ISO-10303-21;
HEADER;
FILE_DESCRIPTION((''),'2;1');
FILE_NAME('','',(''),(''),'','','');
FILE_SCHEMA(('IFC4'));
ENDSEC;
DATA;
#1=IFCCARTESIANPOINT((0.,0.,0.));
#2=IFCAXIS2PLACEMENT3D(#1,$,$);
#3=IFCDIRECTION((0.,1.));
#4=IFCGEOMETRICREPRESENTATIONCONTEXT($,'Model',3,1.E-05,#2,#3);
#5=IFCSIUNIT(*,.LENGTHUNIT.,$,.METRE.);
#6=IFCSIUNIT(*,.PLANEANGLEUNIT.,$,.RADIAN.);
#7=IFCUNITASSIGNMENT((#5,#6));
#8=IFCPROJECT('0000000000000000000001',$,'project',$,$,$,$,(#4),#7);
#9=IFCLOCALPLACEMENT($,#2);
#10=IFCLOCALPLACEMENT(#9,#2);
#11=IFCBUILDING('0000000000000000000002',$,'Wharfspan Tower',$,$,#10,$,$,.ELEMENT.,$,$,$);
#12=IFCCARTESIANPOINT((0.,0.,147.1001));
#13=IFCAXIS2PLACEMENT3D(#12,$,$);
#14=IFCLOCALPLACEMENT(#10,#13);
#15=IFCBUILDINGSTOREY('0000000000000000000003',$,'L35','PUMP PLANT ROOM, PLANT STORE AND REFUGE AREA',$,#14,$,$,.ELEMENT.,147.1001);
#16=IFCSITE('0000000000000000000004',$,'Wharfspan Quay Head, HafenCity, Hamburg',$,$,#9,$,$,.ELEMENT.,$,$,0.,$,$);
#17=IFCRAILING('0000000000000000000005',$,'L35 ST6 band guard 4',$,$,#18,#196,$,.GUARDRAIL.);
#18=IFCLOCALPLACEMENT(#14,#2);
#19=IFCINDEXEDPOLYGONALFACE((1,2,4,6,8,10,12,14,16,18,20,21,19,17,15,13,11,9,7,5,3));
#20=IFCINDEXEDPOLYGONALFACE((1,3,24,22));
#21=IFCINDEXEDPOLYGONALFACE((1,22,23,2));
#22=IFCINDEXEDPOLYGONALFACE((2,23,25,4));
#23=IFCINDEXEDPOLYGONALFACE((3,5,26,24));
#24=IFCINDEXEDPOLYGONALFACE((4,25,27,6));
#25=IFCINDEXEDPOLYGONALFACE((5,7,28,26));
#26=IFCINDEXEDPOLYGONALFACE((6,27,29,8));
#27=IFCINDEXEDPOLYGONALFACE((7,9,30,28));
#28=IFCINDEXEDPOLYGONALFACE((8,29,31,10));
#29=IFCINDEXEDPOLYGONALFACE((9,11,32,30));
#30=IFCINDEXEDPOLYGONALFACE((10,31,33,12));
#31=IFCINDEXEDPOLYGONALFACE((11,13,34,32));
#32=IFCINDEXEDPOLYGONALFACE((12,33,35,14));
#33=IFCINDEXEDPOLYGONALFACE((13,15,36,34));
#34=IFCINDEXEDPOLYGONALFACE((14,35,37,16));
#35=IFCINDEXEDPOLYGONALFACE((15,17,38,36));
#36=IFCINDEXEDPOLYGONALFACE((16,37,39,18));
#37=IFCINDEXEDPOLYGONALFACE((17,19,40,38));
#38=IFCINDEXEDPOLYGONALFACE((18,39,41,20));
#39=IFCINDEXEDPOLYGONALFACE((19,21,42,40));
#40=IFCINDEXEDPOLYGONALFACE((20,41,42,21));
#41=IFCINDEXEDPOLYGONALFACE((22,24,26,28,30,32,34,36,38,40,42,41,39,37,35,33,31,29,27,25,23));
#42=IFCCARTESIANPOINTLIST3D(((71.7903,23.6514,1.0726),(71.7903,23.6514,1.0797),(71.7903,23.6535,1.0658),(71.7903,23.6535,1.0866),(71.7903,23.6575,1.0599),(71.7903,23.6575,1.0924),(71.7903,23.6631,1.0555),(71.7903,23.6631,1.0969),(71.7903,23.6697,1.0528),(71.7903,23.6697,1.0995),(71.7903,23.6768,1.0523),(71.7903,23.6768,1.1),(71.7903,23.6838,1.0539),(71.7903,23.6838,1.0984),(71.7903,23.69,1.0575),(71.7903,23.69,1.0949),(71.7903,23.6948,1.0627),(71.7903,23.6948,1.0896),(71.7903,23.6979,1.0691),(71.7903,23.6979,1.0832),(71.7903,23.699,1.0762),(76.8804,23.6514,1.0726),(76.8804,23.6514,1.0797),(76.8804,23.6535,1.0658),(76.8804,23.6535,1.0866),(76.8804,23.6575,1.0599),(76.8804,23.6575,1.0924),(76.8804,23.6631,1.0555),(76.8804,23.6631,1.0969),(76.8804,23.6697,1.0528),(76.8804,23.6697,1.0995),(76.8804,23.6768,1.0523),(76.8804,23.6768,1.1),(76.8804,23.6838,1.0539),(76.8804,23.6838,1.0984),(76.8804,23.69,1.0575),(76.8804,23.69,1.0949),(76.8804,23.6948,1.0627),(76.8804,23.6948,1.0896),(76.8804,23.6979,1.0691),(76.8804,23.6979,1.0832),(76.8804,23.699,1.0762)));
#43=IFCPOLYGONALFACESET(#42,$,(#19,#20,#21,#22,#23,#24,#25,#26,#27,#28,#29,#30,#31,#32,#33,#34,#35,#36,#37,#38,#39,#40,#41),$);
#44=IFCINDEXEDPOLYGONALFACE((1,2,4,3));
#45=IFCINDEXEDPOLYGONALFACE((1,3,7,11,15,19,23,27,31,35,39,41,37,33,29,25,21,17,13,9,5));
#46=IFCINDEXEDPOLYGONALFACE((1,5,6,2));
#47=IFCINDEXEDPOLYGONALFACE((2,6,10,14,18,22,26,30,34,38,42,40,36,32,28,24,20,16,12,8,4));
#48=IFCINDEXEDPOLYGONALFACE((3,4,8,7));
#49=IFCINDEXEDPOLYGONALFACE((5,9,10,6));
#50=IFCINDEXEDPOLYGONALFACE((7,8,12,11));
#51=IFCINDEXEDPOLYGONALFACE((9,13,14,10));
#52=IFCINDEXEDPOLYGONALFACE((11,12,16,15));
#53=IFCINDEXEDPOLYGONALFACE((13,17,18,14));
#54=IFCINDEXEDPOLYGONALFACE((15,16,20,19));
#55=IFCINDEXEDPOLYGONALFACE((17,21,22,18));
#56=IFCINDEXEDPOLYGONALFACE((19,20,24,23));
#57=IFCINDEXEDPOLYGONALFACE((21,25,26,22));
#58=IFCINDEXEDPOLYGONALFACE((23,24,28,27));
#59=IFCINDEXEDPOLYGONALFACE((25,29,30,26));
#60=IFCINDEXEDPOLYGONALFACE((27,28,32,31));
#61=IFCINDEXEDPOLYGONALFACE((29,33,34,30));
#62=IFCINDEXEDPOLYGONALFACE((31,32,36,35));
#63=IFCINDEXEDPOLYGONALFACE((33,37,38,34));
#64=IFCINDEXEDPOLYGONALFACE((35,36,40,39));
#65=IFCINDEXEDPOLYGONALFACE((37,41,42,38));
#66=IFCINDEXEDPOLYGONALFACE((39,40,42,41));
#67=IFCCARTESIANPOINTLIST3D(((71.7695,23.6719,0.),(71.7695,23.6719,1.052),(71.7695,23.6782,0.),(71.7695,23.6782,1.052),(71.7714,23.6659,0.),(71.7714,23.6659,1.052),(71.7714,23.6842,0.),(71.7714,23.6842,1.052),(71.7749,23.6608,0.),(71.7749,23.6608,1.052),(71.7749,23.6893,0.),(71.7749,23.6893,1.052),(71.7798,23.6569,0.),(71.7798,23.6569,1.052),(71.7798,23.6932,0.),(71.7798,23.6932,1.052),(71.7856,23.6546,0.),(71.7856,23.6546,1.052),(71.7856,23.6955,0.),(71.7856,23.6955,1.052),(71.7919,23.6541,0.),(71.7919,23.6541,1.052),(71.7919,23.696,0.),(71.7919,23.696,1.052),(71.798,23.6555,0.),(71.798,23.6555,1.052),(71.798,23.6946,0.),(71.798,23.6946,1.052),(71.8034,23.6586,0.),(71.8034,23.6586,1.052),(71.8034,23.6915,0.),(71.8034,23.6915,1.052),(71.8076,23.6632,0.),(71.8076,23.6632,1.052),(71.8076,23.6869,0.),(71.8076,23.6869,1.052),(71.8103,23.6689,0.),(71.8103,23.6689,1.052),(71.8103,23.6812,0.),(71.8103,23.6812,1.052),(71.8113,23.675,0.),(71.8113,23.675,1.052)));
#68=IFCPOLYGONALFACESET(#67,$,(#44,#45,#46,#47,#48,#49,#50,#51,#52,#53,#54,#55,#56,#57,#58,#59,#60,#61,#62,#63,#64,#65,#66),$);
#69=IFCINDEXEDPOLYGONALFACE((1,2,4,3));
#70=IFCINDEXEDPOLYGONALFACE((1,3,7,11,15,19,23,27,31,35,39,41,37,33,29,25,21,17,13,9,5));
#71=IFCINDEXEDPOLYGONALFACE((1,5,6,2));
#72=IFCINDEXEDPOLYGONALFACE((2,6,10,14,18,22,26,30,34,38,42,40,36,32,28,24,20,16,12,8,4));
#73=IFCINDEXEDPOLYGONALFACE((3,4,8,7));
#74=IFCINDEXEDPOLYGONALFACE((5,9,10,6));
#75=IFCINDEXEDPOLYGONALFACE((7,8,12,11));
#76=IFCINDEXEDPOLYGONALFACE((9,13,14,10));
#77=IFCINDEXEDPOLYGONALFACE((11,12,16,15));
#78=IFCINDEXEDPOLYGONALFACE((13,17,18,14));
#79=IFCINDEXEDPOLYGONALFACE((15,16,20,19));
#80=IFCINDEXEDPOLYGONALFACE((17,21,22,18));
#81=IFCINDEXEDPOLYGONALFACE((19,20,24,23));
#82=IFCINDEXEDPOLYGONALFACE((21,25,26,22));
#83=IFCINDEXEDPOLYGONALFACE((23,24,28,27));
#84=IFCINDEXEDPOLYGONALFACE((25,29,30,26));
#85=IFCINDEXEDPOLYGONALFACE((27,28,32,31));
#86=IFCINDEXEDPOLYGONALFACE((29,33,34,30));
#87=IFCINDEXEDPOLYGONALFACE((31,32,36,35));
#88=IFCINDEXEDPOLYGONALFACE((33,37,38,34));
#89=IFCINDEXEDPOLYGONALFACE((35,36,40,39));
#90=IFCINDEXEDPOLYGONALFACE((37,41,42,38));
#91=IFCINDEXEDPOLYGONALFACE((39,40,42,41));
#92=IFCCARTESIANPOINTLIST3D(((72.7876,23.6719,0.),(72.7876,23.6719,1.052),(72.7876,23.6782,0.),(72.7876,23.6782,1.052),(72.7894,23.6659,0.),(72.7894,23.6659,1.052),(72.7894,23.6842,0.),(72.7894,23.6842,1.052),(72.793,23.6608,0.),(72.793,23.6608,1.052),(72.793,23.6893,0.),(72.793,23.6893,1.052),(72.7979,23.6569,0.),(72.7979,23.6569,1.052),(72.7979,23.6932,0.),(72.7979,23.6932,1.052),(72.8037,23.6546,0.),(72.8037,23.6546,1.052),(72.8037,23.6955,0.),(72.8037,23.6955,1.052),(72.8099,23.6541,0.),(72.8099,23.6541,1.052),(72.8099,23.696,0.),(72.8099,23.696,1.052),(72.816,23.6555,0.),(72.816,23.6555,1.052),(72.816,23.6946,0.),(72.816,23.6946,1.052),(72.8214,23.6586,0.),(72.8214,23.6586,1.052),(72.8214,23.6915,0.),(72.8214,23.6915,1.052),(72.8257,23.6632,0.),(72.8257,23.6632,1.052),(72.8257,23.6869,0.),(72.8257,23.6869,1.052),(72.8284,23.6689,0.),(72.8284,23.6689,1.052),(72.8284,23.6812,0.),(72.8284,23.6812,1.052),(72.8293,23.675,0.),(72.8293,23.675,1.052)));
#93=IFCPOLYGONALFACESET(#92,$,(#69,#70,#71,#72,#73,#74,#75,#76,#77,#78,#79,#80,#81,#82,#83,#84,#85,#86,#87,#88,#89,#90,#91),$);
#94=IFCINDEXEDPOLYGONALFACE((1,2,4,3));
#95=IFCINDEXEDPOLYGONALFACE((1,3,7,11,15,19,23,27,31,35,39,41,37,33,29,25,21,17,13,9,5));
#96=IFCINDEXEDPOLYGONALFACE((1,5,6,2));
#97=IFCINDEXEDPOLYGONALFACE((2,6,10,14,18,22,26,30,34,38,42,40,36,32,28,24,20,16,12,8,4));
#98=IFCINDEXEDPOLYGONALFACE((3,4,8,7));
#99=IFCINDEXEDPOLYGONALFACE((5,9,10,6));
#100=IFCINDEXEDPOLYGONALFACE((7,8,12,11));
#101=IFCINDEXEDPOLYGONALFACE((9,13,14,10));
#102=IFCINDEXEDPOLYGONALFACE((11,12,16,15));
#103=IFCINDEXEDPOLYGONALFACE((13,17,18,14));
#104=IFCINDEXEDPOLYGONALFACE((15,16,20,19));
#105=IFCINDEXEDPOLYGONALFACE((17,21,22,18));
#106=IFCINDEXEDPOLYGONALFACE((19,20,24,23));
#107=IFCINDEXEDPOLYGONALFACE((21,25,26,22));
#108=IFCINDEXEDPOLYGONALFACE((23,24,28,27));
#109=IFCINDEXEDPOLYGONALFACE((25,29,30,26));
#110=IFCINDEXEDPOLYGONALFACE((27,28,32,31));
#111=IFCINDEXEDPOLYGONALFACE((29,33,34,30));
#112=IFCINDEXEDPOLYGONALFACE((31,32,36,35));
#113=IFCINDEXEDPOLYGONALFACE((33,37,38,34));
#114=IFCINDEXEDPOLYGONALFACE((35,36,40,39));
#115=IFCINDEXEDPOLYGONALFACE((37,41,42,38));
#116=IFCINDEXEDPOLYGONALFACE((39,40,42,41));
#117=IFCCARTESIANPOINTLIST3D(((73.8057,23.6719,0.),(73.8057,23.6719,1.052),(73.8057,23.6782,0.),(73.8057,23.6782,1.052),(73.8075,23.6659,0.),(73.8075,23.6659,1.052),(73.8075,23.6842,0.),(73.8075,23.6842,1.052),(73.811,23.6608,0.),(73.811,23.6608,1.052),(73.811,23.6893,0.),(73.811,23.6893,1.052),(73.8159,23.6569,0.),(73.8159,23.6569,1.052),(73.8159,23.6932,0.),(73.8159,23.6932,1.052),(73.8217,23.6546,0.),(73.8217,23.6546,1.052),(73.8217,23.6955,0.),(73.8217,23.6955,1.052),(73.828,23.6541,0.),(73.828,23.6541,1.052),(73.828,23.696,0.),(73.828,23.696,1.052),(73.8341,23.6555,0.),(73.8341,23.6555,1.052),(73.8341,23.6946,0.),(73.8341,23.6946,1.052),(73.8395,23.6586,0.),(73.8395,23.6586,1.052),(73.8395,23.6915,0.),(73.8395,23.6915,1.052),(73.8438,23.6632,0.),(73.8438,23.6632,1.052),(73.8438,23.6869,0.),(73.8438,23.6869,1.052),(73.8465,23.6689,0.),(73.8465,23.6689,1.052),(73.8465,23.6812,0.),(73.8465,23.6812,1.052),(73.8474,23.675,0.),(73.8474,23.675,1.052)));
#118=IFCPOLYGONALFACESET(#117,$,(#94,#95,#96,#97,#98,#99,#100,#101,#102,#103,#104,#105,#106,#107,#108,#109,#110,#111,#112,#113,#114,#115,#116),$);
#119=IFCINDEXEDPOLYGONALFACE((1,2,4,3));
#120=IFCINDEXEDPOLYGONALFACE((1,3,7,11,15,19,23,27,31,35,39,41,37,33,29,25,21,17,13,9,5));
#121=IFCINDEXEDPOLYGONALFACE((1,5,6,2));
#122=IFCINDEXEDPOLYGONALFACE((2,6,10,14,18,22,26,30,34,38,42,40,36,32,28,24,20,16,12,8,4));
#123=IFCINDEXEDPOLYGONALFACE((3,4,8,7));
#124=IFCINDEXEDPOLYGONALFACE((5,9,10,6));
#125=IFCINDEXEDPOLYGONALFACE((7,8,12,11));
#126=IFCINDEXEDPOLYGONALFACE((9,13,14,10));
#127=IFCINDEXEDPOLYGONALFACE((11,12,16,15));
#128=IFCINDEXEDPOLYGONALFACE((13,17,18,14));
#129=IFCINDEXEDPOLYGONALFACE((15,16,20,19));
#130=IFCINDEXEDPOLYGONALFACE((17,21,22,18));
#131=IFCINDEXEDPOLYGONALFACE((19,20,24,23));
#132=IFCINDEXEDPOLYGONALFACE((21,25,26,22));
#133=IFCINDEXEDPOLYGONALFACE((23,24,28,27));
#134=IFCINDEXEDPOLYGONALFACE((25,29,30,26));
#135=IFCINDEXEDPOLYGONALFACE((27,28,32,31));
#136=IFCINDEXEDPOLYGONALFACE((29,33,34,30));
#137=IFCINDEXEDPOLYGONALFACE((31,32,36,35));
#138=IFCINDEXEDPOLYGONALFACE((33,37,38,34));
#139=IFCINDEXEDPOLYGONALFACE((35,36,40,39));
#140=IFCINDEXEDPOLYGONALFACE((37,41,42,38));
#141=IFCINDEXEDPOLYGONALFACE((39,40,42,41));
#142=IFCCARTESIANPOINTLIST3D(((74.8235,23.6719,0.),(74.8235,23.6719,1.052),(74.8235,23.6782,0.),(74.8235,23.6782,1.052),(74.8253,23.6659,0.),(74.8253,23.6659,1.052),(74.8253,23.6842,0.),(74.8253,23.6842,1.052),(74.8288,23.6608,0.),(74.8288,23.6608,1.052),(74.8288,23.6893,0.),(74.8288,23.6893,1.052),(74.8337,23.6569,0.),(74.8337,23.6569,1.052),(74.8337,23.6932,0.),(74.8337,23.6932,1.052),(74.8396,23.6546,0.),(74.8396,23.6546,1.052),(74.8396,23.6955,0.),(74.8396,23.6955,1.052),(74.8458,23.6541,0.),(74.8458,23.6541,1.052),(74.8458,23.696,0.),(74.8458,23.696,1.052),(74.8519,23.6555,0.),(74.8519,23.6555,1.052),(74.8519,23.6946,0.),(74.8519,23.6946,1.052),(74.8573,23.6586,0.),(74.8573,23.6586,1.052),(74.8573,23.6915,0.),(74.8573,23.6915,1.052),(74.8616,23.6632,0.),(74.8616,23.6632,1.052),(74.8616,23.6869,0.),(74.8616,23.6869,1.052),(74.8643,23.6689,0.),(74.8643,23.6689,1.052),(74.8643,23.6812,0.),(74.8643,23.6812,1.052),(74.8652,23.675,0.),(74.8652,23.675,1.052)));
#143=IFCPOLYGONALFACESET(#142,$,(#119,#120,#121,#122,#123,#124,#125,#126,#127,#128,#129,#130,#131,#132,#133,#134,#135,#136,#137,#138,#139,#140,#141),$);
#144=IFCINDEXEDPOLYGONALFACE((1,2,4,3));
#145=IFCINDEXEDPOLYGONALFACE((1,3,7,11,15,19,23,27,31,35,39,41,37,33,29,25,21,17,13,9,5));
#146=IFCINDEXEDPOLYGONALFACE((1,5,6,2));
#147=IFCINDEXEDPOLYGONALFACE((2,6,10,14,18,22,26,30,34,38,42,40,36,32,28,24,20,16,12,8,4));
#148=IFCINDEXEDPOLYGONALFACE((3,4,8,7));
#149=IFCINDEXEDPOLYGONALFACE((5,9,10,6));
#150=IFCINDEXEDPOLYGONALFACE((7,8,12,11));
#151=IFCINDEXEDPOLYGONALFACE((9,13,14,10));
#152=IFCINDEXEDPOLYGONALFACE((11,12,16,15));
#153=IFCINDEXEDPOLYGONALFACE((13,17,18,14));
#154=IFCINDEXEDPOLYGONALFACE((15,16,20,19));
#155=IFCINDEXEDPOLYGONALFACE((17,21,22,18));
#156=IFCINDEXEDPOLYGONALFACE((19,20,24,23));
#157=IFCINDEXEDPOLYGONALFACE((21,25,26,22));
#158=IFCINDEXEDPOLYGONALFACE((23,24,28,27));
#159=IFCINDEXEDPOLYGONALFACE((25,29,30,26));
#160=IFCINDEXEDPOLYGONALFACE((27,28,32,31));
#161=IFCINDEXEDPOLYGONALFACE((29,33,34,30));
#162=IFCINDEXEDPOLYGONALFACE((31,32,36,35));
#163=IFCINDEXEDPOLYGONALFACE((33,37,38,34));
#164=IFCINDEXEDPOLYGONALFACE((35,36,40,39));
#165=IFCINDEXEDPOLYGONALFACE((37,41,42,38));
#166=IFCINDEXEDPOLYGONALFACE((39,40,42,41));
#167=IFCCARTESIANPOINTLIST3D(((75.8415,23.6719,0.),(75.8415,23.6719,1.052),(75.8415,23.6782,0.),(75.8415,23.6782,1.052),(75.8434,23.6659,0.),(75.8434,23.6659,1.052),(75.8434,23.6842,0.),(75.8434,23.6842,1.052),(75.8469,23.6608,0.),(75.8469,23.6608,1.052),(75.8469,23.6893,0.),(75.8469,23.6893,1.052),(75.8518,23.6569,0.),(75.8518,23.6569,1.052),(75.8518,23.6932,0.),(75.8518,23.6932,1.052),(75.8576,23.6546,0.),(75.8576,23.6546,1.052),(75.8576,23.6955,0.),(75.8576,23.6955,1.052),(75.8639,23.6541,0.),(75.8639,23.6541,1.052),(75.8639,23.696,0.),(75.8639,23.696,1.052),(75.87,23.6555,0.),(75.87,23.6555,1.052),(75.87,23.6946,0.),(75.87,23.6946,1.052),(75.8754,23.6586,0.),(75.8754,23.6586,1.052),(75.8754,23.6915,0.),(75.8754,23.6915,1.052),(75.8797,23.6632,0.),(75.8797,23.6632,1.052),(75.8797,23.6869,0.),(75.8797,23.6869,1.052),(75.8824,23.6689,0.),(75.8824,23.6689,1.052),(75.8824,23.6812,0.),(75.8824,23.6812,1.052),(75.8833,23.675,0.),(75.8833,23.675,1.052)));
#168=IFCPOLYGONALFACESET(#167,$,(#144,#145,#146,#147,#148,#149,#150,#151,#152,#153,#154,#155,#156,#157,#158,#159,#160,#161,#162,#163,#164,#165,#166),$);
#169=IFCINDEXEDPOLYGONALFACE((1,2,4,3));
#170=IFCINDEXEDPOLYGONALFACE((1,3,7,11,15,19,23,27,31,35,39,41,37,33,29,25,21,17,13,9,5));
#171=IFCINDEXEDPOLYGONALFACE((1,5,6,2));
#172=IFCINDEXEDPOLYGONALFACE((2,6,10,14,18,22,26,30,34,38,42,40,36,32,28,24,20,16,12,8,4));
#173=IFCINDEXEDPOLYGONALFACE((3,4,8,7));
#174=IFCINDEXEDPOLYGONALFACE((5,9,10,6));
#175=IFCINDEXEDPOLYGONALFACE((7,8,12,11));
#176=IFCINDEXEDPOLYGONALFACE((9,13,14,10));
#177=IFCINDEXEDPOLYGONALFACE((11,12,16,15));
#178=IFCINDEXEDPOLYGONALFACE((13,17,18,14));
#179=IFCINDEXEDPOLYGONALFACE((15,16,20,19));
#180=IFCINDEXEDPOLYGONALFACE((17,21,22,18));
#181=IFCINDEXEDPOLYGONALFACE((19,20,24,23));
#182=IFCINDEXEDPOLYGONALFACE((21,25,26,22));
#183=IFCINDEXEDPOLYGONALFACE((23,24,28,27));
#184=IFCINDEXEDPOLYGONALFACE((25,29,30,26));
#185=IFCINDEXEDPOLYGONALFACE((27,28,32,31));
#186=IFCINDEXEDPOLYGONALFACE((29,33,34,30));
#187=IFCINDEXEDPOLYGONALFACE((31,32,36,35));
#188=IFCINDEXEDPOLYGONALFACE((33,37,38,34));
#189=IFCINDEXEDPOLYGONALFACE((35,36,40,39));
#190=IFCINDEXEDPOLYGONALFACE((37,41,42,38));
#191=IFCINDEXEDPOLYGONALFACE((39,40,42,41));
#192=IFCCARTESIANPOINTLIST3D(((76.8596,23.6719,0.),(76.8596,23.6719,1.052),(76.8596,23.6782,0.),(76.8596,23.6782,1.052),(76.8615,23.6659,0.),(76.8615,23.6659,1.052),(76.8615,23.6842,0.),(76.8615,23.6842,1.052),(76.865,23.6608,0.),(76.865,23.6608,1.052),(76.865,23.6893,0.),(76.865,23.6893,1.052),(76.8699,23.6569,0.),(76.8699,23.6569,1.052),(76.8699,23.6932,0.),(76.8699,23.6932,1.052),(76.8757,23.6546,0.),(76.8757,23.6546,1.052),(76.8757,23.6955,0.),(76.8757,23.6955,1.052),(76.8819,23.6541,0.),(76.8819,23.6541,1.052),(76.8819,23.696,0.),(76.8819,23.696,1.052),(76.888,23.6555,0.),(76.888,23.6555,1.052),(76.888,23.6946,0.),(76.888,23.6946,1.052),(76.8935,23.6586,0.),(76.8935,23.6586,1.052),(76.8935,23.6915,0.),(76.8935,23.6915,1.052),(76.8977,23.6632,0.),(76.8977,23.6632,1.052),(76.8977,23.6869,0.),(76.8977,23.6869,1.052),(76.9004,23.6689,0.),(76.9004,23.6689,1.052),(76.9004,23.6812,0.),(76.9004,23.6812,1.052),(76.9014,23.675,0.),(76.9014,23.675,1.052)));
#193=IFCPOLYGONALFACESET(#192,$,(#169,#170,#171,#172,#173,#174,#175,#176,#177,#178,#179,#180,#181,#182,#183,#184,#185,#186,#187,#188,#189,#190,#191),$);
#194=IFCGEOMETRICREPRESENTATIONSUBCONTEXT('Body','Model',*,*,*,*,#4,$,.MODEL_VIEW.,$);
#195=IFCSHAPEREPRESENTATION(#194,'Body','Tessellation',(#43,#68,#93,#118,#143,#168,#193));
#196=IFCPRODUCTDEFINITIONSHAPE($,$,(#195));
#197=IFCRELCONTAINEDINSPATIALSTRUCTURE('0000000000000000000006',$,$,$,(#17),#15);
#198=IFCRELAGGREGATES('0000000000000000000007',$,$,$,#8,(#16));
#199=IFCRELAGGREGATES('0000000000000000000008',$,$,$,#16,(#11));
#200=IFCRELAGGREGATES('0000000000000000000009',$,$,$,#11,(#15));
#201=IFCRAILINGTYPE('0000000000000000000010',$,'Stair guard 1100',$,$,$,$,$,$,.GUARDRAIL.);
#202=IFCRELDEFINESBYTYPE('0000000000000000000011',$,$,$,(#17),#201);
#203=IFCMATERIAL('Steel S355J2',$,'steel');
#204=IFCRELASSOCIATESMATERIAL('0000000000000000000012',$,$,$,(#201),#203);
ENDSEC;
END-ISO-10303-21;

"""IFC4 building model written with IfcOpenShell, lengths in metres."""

from ifc_helpers import new_model, si_unit, direction, frame, origin, origin_2d, place, context, subcontext, project, spatial, circle, extrude, material, type_object, element, save


model = new_model("IFC4")

# Units and contexts
model_context = context("Model", 3, precision=1e-05, world=origin(), true_north=direction((0.0, 1.0)))
body_context = subcontext(model_context, "Body", "Model", "MODEL_VIEW")
ifc_project = project(units=[si_unit("LENGTHUNIT", "METRE"), si_unit("PLANEANGLEUNIT", "RADIAN")], contexts=[model_context])

# Site, building, storey
site_placement = place(None, origin())
site = spatial("IfcSite", under=ifc_project, at=site_placement, Name="Wharfspan Quay Head, HafenCity, Hamburg", CompositionType="ELEMENT", RefElevation=0.0)
building_placement = place(site_placement, origin())
building = spatial("IfcBuilding", under=site, at=building_placement, Name="Wharfspan Tower", CompositionType="ELEMENT")
storey_placement = place(building_placement, frame((0.0, 0.0, 147.1001)))
storey = spatial("IfcBuildingStorey", under=building, at=storey_placement, Name="L35", Description="PUMP PLANT ROOM, PLANT STORE AND REFUGE AREA", CompositionType="ELEMENT", Elevation=147.1001)

# Railing
ifc_material_1 = material(Name="Steel S355J2", Category="steel")
railing_type = type_object("IfcRailingType", Name="Stair guard 1100", PredefinedType="GUARDRAIL", material=ifc_material_1)
railing_1_placement = place(storey_placement, frame((71.7903, 23.675, 0.0)))
element("IfcRailing", 1, at=railing_1_placement, inside=storey, type_object=railing_type, Name="L35 ST6 band guard 4", PredefinedType="GUARDRAIL", context=body_context, shape_type="SweptSolid", body=[
    extrude(circle(Radius=0.0239, at=origin_2d()), frame((0.0, 0.0, 1.0762), z_axis=(1.0, 0.0, 0.0), x_axis=(0.0, 1.0, 0.0)), (0.0, 0.0, 1.0), 5.0901),
    extrude(circle(Radius=0.021, at=origin_2d()), origin(), (0.0, 0.0, 1.0), 1.052),
    extrude(circle(Radius=0.021, at=origin_2d()), frame((1.0181, 0.0, 0.0)), (0.0, 0.0, 1.0), 1.052),
    extrude(circle(Radius=0.021, at=origin_2d()), frame((2.0361, 0.0, 0.0)), (0.0, 0.0, 1.0), 1.052),
    extrude(circle(Radius=0.021, at=origin_2d()), frame((3.054, 0.0, 0.0)), (0.0, 0.0, 1.0), 1.052),
    extrude(circle(Radius=0.021, at=origin_2d()), frame((4.072, 0.0, 0.0)), (0.0, 0.0, 1.0), 1.052),
    extrude(circle(Radius=0.021, at=origin_2d()), frame((5.0901, 0.0, 0.0)), (0.0, 0.0, 1.0), 1.052),
])

save(model, "model.ifc")
